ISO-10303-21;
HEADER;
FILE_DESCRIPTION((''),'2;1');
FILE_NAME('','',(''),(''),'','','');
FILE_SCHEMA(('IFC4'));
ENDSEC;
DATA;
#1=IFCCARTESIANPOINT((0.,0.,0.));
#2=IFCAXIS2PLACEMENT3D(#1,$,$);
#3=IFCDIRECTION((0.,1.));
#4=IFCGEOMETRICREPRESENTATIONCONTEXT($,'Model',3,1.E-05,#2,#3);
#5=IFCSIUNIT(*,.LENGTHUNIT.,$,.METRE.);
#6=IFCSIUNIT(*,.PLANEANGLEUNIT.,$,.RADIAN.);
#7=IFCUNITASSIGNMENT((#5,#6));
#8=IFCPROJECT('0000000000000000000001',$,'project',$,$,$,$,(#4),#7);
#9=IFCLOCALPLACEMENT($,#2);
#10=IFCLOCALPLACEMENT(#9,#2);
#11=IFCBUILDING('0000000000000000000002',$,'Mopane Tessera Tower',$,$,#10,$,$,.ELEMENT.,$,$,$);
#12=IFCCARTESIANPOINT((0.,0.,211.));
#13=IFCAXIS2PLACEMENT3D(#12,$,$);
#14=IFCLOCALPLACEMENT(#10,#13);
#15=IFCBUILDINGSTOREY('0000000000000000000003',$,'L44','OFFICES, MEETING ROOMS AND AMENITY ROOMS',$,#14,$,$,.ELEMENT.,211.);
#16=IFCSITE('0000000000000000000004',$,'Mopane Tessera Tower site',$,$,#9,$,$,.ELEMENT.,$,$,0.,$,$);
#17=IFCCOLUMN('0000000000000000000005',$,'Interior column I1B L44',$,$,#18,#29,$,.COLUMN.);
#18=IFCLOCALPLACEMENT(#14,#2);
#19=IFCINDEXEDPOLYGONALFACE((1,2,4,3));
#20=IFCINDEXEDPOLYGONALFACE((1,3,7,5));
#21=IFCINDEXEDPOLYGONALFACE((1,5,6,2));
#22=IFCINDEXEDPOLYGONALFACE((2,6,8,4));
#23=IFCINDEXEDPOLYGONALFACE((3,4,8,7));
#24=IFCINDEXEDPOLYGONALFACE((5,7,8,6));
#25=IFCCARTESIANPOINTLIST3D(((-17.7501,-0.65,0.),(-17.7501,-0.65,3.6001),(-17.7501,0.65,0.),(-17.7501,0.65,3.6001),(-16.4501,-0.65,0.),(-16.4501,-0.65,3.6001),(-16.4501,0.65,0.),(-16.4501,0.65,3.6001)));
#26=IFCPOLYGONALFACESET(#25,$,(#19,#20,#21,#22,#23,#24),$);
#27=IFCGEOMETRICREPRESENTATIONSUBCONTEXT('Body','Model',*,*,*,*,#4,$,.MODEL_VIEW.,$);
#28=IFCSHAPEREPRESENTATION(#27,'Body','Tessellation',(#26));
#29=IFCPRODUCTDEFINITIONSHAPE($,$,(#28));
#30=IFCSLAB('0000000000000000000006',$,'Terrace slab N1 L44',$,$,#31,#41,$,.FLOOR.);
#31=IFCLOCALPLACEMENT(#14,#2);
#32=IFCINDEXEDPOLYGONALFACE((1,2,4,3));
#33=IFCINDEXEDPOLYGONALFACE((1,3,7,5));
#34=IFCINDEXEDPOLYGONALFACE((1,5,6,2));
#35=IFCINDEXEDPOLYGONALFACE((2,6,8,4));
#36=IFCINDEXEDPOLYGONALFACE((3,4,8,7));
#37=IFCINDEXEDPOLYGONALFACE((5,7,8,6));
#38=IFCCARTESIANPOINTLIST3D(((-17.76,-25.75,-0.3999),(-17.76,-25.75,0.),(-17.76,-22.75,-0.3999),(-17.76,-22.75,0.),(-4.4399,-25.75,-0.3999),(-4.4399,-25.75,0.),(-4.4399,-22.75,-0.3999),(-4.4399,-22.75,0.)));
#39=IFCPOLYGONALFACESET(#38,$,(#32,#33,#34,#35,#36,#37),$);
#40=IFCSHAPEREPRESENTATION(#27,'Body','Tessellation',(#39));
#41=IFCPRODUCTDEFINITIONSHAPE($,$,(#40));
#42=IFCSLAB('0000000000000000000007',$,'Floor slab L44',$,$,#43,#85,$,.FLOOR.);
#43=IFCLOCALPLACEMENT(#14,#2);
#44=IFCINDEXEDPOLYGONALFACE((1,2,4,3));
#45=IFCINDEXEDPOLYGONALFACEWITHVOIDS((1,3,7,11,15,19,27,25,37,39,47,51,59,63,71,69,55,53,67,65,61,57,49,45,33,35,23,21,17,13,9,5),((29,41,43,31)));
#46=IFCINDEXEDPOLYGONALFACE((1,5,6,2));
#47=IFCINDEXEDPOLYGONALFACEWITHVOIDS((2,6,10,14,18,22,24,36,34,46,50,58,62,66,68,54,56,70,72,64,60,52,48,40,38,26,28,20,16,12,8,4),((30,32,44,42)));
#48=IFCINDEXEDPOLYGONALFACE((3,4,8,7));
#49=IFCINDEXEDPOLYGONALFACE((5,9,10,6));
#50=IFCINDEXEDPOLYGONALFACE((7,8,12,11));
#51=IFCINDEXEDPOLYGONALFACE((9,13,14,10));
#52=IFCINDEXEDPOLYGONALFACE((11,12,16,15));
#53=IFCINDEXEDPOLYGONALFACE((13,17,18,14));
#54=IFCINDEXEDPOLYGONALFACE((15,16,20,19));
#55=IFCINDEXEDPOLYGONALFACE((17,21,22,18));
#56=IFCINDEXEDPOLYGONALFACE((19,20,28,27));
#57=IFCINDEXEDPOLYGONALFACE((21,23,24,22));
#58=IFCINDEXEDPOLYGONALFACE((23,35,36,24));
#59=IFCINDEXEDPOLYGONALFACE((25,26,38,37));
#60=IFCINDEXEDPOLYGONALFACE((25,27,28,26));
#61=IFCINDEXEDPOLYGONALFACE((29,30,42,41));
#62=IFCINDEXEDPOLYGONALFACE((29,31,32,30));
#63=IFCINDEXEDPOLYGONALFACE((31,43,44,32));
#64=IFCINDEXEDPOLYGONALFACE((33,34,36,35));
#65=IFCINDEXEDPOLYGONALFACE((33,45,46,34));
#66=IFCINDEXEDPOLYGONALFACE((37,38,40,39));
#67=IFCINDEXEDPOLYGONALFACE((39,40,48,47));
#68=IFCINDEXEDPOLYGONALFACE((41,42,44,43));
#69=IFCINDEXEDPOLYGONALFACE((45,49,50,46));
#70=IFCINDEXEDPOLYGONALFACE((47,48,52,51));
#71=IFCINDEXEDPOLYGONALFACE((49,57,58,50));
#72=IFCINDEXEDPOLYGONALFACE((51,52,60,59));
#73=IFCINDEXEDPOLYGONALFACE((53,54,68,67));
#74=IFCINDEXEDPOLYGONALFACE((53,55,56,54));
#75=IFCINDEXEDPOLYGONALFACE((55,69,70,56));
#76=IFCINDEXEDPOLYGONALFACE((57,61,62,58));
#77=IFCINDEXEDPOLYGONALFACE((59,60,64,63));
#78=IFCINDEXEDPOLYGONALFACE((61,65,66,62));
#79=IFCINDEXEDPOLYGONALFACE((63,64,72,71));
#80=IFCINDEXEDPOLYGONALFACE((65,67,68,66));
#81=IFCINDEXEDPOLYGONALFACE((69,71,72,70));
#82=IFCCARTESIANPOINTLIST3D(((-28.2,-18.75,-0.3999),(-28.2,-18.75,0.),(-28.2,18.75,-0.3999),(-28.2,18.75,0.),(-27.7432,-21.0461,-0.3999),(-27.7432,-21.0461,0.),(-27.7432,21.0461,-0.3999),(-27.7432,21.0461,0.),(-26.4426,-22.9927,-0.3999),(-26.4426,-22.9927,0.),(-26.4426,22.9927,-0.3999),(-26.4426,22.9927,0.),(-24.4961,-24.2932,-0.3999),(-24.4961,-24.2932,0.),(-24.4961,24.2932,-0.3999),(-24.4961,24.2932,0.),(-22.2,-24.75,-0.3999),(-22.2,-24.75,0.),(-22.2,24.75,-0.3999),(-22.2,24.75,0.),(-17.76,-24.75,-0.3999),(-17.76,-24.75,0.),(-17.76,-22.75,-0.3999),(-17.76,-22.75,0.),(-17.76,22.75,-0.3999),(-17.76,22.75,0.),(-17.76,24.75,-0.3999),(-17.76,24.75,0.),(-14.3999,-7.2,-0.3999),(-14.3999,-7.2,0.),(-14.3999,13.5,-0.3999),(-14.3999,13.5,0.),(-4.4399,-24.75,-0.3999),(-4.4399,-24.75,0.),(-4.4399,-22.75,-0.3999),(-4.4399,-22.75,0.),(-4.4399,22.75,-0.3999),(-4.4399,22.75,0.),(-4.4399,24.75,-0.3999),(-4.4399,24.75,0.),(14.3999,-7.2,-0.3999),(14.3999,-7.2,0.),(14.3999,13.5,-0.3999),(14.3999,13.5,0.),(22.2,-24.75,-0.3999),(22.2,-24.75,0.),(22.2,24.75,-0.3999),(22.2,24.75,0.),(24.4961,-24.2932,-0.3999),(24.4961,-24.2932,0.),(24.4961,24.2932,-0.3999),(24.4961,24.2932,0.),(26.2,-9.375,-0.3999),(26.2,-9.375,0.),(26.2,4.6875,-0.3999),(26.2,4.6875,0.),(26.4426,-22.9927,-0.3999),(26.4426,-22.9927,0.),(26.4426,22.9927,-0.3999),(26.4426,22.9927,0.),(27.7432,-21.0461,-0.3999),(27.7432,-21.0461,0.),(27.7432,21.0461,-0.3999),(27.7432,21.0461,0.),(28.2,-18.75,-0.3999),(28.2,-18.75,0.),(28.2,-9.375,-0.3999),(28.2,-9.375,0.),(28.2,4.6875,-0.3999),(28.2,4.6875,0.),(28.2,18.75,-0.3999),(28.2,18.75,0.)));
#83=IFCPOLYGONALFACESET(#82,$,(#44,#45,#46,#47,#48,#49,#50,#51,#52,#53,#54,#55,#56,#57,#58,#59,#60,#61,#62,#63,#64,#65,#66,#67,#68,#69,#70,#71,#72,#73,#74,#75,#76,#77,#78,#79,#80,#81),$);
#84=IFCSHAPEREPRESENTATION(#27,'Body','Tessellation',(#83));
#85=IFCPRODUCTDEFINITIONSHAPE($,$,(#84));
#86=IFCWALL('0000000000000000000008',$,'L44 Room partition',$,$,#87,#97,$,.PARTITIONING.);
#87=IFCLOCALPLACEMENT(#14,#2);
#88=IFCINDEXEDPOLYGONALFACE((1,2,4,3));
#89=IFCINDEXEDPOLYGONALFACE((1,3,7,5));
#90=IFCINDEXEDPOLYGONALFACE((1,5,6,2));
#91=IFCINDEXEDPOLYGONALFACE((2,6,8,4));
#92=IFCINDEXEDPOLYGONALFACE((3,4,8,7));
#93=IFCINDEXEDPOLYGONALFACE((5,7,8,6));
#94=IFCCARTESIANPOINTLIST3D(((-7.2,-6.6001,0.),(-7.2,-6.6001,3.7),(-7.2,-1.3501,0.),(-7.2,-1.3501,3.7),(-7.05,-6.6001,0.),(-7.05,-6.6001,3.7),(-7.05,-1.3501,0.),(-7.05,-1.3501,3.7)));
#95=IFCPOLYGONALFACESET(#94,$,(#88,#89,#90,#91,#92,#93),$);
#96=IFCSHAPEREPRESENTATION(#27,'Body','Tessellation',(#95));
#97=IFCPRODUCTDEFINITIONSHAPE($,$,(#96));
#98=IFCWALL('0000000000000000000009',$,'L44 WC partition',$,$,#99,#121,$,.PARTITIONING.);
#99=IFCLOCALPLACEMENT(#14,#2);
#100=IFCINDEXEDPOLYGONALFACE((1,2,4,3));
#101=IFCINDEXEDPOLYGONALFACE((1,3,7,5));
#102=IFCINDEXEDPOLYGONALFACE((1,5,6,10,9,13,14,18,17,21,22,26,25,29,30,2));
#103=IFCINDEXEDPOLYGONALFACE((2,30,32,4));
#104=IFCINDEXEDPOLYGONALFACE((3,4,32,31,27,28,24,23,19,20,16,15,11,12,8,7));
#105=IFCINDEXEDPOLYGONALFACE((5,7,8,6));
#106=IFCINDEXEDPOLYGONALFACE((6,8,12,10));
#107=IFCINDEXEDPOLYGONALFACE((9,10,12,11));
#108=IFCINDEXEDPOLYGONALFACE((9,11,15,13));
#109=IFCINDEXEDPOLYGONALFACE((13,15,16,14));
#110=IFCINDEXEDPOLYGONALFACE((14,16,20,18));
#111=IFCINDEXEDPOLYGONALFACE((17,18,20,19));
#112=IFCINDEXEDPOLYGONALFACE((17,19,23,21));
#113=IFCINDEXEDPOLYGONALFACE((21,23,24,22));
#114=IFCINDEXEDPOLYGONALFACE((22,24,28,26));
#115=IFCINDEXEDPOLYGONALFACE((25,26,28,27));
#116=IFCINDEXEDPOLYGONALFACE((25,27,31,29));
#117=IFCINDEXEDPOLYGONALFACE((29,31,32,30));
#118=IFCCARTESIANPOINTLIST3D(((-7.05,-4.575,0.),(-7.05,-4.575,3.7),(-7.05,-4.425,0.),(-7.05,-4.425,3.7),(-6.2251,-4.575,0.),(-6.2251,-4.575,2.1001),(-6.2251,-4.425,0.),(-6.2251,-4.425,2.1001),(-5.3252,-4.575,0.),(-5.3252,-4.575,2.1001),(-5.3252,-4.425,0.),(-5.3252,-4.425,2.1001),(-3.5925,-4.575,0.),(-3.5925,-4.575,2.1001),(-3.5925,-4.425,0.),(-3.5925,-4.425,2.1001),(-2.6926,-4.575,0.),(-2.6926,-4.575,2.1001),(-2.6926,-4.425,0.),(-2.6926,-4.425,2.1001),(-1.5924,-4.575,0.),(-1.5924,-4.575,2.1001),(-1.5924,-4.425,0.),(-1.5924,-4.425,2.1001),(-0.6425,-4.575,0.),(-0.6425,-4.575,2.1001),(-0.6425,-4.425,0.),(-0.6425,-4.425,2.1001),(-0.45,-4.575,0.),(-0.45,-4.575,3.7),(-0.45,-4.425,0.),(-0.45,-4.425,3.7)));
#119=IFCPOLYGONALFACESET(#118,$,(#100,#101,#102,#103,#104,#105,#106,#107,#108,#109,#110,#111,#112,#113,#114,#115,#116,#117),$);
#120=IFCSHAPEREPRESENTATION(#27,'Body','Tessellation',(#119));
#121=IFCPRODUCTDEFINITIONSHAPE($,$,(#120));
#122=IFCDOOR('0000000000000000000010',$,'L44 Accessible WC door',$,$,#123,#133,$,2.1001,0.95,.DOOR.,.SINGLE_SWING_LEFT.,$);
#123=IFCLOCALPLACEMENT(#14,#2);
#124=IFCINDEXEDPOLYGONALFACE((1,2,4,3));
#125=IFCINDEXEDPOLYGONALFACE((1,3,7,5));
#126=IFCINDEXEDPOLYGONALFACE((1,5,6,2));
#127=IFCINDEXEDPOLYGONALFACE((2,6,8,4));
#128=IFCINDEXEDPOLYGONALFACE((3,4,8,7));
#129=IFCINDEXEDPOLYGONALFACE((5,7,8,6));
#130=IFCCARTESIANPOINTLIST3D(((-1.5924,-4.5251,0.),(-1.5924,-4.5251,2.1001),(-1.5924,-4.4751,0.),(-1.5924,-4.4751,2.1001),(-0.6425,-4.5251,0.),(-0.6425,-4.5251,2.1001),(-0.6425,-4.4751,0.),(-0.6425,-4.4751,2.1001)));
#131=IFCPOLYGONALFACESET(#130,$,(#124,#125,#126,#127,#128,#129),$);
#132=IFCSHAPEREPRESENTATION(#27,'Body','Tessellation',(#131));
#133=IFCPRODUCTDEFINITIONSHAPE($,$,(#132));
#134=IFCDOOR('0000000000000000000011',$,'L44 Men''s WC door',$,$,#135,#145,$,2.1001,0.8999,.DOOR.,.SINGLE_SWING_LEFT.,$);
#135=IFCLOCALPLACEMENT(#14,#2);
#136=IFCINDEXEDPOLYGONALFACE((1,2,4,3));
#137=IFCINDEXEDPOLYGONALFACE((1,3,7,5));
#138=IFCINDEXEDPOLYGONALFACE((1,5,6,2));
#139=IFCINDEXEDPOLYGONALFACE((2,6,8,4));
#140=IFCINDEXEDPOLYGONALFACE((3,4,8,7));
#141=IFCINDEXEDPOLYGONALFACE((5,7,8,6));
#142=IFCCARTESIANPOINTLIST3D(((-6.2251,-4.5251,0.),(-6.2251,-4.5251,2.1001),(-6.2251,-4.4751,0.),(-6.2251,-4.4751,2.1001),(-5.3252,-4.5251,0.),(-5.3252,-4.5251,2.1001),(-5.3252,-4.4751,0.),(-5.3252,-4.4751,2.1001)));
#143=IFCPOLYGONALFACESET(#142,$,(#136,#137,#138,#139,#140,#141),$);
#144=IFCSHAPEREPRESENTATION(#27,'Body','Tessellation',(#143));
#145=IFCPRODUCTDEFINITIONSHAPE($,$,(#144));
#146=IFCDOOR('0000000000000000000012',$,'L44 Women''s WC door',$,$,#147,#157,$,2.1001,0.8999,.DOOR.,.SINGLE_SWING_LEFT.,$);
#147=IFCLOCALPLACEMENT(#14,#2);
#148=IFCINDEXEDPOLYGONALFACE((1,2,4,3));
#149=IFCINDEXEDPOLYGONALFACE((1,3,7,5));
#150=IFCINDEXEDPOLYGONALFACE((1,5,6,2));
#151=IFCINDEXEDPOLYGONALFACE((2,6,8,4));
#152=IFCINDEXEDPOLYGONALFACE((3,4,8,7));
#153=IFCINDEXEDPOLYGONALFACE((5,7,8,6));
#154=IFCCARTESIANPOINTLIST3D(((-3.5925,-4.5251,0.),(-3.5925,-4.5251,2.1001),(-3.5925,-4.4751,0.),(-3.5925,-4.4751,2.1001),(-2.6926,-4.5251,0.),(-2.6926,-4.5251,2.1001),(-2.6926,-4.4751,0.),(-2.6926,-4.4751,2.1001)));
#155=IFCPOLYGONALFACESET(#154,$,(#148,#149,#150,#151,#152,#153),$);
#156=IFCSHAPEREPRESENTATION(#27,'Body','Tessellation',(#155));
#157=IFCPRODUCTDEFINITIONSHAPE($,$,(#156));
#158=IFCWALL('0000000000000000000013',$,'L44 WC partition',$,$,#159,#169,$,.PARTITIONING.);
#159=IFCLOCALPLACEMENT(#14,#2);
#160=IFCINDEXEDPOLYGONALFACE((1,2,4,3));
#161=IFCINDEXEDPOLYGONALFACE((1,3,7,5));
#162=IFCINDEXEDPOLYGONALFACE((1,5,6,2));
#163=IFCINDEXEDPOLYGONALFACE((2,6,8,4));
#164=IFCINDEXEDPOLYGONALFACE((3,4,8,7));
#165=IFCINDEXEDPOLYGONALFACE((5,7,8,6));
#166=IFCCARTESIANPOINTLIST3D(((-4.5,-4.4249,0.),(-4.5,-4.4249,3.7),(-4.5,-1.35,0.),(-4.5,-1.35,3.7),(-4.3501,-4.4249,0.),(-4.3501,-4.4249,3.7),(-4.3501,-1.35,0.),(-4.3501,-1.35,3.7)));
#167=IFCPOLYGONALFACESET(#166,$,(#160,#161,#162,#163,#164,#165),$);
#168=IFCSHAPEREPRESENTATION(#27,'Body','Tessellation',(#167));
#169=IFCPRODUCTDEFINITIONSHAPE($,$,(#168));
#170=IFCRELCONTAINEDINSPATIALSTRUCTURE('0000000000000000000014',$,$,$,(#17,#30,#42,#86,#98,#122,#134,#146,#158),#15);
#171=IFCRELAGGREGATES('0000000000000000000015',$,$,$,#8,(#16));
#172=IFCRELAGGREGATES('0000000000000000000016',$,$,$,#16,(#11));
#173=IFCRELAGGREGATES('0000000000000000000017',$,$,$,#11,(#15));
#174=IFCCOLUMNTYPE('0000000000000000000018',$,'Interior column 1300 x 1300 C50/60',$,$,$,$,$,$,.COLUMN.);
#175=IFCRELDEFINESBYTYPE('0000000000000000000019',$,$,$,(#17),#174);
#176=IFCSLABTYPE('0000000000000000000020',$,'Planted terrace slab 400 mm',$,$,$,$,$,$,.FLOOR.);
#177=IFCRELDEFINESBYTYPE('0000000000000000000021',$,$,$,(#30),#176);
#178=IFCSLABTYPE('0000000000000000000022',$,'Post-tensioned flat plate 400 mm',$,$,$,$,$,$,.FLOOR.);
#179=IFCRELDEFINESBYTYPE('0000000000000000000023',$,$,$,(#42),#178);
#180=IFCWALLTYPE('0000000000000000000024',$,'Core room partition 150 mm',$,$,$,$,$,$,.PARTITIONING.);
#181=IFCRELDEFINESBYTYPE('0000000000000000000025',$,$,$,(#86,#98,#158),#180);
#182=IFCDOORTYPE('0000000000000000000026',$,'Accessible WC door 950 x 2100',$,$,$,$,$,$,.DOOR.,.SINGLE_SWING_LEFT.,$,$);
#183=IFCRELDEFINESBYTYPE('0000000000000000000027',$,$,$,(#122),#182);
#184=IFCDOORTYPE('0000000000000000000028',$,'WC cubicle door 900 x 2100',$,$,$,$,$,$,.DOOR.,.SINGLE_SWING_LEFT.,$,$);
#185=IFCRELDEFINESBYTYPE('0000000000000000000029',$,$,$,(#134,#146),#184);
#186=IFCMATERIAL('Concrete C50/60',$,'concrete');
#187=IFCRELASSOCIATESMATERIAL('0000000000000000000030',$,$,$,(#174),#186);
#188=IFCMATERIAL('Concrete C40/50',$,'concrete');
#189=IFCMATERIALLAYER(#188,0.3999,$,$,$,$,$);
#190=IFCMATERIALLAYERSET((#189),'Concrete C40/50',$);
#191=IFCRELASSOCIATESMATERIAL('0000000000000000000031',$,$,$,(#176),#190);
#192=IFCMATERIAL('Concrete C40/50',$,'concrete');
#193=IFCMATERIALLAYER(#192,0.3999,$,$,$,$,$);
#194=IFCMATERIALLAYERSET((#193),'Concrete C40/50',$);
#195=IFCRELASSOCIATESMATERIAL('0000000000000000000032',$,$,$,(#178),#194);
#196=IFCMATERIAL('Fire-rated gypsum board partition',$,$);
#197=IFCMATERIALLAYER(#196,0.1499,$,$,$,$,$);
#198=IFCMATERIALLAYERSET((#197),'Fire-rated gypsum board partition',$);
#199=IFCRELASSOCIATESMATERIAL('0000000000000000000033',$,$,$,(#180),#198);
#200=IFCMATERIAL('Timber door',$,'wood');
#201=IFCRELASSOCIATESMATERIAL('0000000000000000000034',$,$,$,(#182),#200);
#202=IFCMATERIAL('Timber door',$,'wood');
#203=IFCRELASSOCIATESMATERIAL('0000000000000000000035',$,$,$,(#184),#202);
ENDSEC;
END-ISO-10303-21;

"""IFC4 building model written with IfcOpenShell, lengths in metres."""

from ifc_helpers import new_model, si_unit, direction, frame, frame_2d, origin, origin_2d, place, context, subcontext, project, spatial, polyline, rectangle, outline, extrude, material, layer, layer_set, material_profile, profile_set, type_object, element, fill, save


model = new_model("IFC4")

# Units and contexts
model_context = context("Model", 3, precision=1e-05, world=origin(), true_north=direction((0.0, 1.0)))
body_context = subcontext(model_context, "Body", "Model", "MODEL_VIEW")
ifc_project = project(units=[si_unit("LENGTHUNIT", "METRE"), si_unit("PLANEANGLEUNIT", "RADIAN")], contexts=[model_context])

# Site, building, storey
site_placement = place(None, origin())
site = spatial("IfcSite", under=ifc_project, at=site_placement, Name="Mopane Tessera Tower site", CompositionType="ELEMENT", RefElevation=0.0)
building_placement = place(site_placement, origin())
building = spatial("IfcBuilding", under=site, at=building_placement, Name="Mopane Tessera Tower", CompositionType="ELEMENT")
storey_placement = place(building_placement, frame((0.0, 0.0, 211.0)))
storey = spatial("IfcBuildingStorey", under=building, at=storey_placement, Name="L44", Description="OFFICES, MEETING ROOMS AND AMENITY ROOMS", CompositionType="ELEMENT", Elevation=211.0)

# Column
ifc_material_1 = material(Name="Concrete C50/60", Category="concrete")
ifc_material_profile = material_profile(ifc_material_1, rectangle(XDim=1.3, YDim=1.3, at=origin_2d()))
ifc_profile_set = profile_set([ifc_material_profile], Name="Concrete C50/60")
column_type = type_object("IfcColumnType", Name="Interior column 1300 x 1300 C50/60", PredefinedType="COLUMN", material=ifc_profile_set)
column_placement = place(storey_placement, frame((-17.1001, 0.0, 0.0), z_axis=(0.0, 0.0, 1.0), x_axis=(1.0, 0.0, 0.0)))
element("IfcColumn", 1, at=column_placement, inside=storey, type_object=column_type, Name="Interior column I1B L44", PredefinedType="COLUMN", context=body_context, shape_type="SweptSolid", body=[
    extrude(rectangle(XDim=1.3, YDim=1.3, at=origin_2d()), origin(), (0.0, 0.0, 1.0), 3.6001),
])

# Slabs
ifc_material_2 = material(Name="Concrete C40/50", Category="concrete")
ifc_layer_1 = layer(ifc_material_2, 0.3999)
ifc_layer_set_1 = layer_set([ifc_layer_1], Name="Concrete C40/50")
slab_type_1 = type_object("IfcSlabType", Name="Planted terrace slab 400 mm", PredefinedType="FLOOR", material=ifc_layer_set_1)
slab_1_placement = place(storey_placement, frame((0.0, 0.0, -0.3999)))
element("IfcSlab", 2, at=slab_1_placement, inside=storey, type_object=slab_type_1, Name="Terrace slab N1 L44", PredefinedType="FLOOR", context=body_context, shape_type="SweptSolid", body=[
    extrude(outline(polyline([(-4.4399, -25.75), (-4.4399, -22.75), (-17.76, -22.75), (-17.76, -25.75), (-4.4399, -25.75)])), origin(), (0.0, 0.0, 1.0), 0.3999),
])
ifc_material_3 = material(Name="Concrete C40/50", Category="concrete")
ifc_layer_2 = layer(ifc_material_3, 0.3999)
ifc_layer_set_2 = layer_set([ifc_layer_2], Name="Concrete C40/50")
slab_type_2 = type_object("IfcSlabType", Name="Post-tensioned flat plate 400 mm", PredefinedType="FLOOR", material=ifc_layer_set_2)
slab_2_placement = place(storey_placement, frame((0.0, 0.0, -0.3999)))
element("IfcSlab", 3, at=slab_2_placement, inside=storey, type_object=slab_type_2, Name="Floor slab L44", PredefinedType="FLOOR", context=body_context, shape_type="SweptSolid", body=[
    extrude(outline(polyline([(-22.2, -24.75), (-17.76, -24.75), (-17.76, -22.75), (-4.4399, -22.75), (-4.4399, -24.75), (22.2, -24.75), (24.4961, -24.2932), (26.4426, -22.9927), (27.7432, -21.0461), (28.2, -18.75), (28.2, -9.375), (26.2, -9.375), (26.2, 4.6875), (28.2, 4.6875), (28.2, 18.75), (27.7432, 21.0461), (26.4426, 22.9927), (24.4961, 24.2932), (22.2, 24.75), (-4.4399, 24.75), (-4.4399, 22.75), (-17.76, 22.75), (-17.76, 24.75), (-22.2, 24.75), (-24.4961, 24.2932), (-26.4426, 22.9927), (-27.7432, 21.0461), (-28.2, 18.75), (-28.2, -18.75), (-27.7432, -21.0461), (-26.4426, -22.9927), (-24.4961, -24.2932), (-22.2, -24.75)]), holes=[polyline([(14.3999, -7.2), (-14.3999, -7.2), (-14.3999, 13.5), (14.3999, 13.5), (14.3999, -7.2)])]), origin(), (0.0, 0.0, 1.0), 0.3999),
])

# Wall
ifc_material_4 = material(Name="Fire-rated gypsum board partition")
ifc_layer_3 = layer(ifc_material_4, 0.1499)
ifc_layer_set_3 = layer_set([ifc_layer_3], Name="Fire-rated gypsum board partition")
wall_type_1 = type_object("IfcWallType", Name="Core room partition 150 mm", PredefinedType="PARTITIONING", material=ifc_layer_set_3)
wall_1_placement = place(storey_placement, frame((-7.125, -6.6001, 0.0), z_axis=(0.0, 0.0, 1.0), x_axis=(0.0, 1.0, 0.0)))
element("IfcWall", 4, at=wall_1_placement, inside=storey, type_object=wall_type_1, Name="L44 Room partition", PredefinedType="PARTITIONING", context=body_context, shape_type="SweptSolid", body=[
    extrude(rectangle(XDim=5.25, YDim=0.1499, at=frame_2d((2.625, 0.0))), origin(), (0.0, 0.0, 1.0), 3.7),
])

# Wall, openings, doors
wall_2_placement = place(storey_placement, frame((-7.05, -4.5, 0.0), z_axis=(0.0, 0.0, 1.0), x_axis=(1.0, 0.0, 0.0)))
wall_2 = element("IfcWall", 5, at=wall_2_placement, inside=storey, type_object=wall_type_1, Name="L44 WC partition", PredefinedType="PARTITIONING", context=body_context, shape_type="SweptSolid", body=[
    extrude(rectangle(XDim=6.6001, YDim=0.1499, at=frame_2d((3.3, 0.0))), origin(), (0.0, 0.0, 1.0), 3.7),
])
opening_1_placement = place(wall_2_placement, frame((0.825, 0.0, 0.0)))
opening_1 = element("IfcOpeningElement", 6, at=opening_1_placement, cuts=wall_2, PredefinedType="OPENING", context=body_context, shape_type="SweptSolid", body=[
    extrude(rectangle(XDim=0.8999, YDim=2.1001, at=frame_2d((0.45, 1.05))), frame((0.0, 0.0869, 0.0), z_axis=(0.0, -1.0, 0.0), x_axis=(1.0, 0.0, 0.0)), (0.0, 0.0, 1.0), 0.1738),
])
opening_2_placement = place(wall_2_placement, frame((3.4575, 0.0, 0.0)))
opening_2 = element("IfcOpeningElement", 7, at=opening_2_placement, cuts=wall_2, PredefinedType="OPENING", context=body_context, shape_type="SweptSolid", body=[
    extrude(rectangle(XDim=0.8999, YDim=2.1001, at=frame_2d((0.45, 1.05))), frame((0.0, 0.0869, 0.0), z_axis=(0.0, -1.0, 0.0), x_axis=(1.0, 0.0, 0.0)), (0.0, 0.0, 1.0), 0.1738),
])
opening_3_placement = place(wall_2_placement, frame((5.4575, 0.0, 0.0)))
opening_3 = element("IfcOpeningElement", 8, at=opening_3_placement, cuts=wall_2, PredefinedType="OPENING", context=body_context, shape_type="SweptSolid", body=[
    extrude(rectangle(XDim=0.95, YDim=2.1001, at=frame_2d((0.4751, 1.05))), frame((0.0, 0.0869, 0.0), z_axis=(0.0, -1.0, 0.0), x_axis=(1.0, 0.0, 0.0)), (0.0, 0.0, 1.0), 0.1738),
])
ifc_material_5 = material(Name="Timber door", Category="wood")
door_type_1 = type_object("IfcDoorType", Name="Accessible WC door 950 x 2100", OperationType="SINGLE_SWING_LEFT", PredefinedType="DOOR", material=ifc_material_5)
door_1_placement = place(opening_3_placement, origin())
door_1 = element("IfcDoor", 9, at=door_1_placement, inside=storey, type_object=door_type_1, Name="L44 Accessible WC door", OperationType="SINGLE_SWING_LEFT", OverallHeight=2.1001, OverallWidth=0.95, PredefinedType="DOOR", context=body_context, shape_type="SweptSolid", body=[
    extrude(rectangle(XDim=0.95, YDim=2.1001, at=frame_2d((0.4751, 1.05))), frame((0.0, 0.0249, 0.0), z_axis=(0.0, -1.0, 0.0), x_axis=(1.0, 0.0, 0.0)), (0.0, 0.0, 1.0), 0.05),
])
fill(opening_3, door_1)
ifc_material_6 = material(Name="Timber door", Category="wood")
door_type_2 = type_object("IfcDoorType", Name="WC cubicle door 900 x 2100", OperationType="SINGLE_SWING_LEFT", PredefinedType="DOOR", material=ifc_material_6)
door_2_placement = place(opening_1_placement, origin())
door_2 = element("IfcDoor", 10, at=door_2_placement, inside=storey, type_object=door_type_2, Name="L44 Men's WC door", OperationType="SINGLE_SWING_LEFT", OverallHeight=2.1001, OverallWidth=0.8999, PredefinedType="DOOR", context=body_context, shape_type="SweptSolid", body=[
    extrude(rectangle(XDim=0.8999, YDim=2.1001, at=frame_2d((0.45, 1.05))), frame((0.0, 0.0249, 0.0), z_axis=(0.0, -1.0, 0.0), x_axis=(1.0, 0.0, 0.0)), (0.0, 0.0, 1.0), 0.05),
])
fill(opening_1, door_2)
door_3_placement = place(opening_2_placement, origin())
door_3 = element("IfcDoor", 11, at=door_3_placement, inside=storey, type_object=door_type_2, Name="L44 Women's WC door", OperationType="SINGLE_SWING_LEFT", OverallHeight=2.1001, OverallWidth=0.8999, PredefinedType="DOOR", context=body_context, shape_type="SweptSolid", body=[
    extrude(rectangle(XDim=0.8999, YDim=2.1001, at=frame_2d((0.45, 1.05))), frame((0.0, 0.0249, 0.0), z_axis=(0.0, -1.0, 0.0), x_axis=(1.0, 0.0, 0.0)), (0.0, 0.0, 1.0), 0.05),
])
fill(opening_2, door_3)

# Wall
for number, where, z_axis, x_axis, name in (
    (12, (-4.425, -4.425, 0.0), (0.0, 0.0, 1.0), (0.0, 1.0, 0.0), "L44 WC partition"),
):
    element("IfcWall", number, at=place(storey_placement, frame(where, z_axis=z_axis, x_axis=x_axis)), inside=storey, type_object=wall_type_1, Name=name, PredefinedType="PARTITIONING", context=body_context, shape_type="SweptSolid", body=[
        extrude(rectangle(XDim=3.075, YDim=0.1499, at=frame_2d((1.5376, 0.0))), origin(), (0.0, 0.0, 1.0), 3.7),
    ])

save(model, "model.ifc")
